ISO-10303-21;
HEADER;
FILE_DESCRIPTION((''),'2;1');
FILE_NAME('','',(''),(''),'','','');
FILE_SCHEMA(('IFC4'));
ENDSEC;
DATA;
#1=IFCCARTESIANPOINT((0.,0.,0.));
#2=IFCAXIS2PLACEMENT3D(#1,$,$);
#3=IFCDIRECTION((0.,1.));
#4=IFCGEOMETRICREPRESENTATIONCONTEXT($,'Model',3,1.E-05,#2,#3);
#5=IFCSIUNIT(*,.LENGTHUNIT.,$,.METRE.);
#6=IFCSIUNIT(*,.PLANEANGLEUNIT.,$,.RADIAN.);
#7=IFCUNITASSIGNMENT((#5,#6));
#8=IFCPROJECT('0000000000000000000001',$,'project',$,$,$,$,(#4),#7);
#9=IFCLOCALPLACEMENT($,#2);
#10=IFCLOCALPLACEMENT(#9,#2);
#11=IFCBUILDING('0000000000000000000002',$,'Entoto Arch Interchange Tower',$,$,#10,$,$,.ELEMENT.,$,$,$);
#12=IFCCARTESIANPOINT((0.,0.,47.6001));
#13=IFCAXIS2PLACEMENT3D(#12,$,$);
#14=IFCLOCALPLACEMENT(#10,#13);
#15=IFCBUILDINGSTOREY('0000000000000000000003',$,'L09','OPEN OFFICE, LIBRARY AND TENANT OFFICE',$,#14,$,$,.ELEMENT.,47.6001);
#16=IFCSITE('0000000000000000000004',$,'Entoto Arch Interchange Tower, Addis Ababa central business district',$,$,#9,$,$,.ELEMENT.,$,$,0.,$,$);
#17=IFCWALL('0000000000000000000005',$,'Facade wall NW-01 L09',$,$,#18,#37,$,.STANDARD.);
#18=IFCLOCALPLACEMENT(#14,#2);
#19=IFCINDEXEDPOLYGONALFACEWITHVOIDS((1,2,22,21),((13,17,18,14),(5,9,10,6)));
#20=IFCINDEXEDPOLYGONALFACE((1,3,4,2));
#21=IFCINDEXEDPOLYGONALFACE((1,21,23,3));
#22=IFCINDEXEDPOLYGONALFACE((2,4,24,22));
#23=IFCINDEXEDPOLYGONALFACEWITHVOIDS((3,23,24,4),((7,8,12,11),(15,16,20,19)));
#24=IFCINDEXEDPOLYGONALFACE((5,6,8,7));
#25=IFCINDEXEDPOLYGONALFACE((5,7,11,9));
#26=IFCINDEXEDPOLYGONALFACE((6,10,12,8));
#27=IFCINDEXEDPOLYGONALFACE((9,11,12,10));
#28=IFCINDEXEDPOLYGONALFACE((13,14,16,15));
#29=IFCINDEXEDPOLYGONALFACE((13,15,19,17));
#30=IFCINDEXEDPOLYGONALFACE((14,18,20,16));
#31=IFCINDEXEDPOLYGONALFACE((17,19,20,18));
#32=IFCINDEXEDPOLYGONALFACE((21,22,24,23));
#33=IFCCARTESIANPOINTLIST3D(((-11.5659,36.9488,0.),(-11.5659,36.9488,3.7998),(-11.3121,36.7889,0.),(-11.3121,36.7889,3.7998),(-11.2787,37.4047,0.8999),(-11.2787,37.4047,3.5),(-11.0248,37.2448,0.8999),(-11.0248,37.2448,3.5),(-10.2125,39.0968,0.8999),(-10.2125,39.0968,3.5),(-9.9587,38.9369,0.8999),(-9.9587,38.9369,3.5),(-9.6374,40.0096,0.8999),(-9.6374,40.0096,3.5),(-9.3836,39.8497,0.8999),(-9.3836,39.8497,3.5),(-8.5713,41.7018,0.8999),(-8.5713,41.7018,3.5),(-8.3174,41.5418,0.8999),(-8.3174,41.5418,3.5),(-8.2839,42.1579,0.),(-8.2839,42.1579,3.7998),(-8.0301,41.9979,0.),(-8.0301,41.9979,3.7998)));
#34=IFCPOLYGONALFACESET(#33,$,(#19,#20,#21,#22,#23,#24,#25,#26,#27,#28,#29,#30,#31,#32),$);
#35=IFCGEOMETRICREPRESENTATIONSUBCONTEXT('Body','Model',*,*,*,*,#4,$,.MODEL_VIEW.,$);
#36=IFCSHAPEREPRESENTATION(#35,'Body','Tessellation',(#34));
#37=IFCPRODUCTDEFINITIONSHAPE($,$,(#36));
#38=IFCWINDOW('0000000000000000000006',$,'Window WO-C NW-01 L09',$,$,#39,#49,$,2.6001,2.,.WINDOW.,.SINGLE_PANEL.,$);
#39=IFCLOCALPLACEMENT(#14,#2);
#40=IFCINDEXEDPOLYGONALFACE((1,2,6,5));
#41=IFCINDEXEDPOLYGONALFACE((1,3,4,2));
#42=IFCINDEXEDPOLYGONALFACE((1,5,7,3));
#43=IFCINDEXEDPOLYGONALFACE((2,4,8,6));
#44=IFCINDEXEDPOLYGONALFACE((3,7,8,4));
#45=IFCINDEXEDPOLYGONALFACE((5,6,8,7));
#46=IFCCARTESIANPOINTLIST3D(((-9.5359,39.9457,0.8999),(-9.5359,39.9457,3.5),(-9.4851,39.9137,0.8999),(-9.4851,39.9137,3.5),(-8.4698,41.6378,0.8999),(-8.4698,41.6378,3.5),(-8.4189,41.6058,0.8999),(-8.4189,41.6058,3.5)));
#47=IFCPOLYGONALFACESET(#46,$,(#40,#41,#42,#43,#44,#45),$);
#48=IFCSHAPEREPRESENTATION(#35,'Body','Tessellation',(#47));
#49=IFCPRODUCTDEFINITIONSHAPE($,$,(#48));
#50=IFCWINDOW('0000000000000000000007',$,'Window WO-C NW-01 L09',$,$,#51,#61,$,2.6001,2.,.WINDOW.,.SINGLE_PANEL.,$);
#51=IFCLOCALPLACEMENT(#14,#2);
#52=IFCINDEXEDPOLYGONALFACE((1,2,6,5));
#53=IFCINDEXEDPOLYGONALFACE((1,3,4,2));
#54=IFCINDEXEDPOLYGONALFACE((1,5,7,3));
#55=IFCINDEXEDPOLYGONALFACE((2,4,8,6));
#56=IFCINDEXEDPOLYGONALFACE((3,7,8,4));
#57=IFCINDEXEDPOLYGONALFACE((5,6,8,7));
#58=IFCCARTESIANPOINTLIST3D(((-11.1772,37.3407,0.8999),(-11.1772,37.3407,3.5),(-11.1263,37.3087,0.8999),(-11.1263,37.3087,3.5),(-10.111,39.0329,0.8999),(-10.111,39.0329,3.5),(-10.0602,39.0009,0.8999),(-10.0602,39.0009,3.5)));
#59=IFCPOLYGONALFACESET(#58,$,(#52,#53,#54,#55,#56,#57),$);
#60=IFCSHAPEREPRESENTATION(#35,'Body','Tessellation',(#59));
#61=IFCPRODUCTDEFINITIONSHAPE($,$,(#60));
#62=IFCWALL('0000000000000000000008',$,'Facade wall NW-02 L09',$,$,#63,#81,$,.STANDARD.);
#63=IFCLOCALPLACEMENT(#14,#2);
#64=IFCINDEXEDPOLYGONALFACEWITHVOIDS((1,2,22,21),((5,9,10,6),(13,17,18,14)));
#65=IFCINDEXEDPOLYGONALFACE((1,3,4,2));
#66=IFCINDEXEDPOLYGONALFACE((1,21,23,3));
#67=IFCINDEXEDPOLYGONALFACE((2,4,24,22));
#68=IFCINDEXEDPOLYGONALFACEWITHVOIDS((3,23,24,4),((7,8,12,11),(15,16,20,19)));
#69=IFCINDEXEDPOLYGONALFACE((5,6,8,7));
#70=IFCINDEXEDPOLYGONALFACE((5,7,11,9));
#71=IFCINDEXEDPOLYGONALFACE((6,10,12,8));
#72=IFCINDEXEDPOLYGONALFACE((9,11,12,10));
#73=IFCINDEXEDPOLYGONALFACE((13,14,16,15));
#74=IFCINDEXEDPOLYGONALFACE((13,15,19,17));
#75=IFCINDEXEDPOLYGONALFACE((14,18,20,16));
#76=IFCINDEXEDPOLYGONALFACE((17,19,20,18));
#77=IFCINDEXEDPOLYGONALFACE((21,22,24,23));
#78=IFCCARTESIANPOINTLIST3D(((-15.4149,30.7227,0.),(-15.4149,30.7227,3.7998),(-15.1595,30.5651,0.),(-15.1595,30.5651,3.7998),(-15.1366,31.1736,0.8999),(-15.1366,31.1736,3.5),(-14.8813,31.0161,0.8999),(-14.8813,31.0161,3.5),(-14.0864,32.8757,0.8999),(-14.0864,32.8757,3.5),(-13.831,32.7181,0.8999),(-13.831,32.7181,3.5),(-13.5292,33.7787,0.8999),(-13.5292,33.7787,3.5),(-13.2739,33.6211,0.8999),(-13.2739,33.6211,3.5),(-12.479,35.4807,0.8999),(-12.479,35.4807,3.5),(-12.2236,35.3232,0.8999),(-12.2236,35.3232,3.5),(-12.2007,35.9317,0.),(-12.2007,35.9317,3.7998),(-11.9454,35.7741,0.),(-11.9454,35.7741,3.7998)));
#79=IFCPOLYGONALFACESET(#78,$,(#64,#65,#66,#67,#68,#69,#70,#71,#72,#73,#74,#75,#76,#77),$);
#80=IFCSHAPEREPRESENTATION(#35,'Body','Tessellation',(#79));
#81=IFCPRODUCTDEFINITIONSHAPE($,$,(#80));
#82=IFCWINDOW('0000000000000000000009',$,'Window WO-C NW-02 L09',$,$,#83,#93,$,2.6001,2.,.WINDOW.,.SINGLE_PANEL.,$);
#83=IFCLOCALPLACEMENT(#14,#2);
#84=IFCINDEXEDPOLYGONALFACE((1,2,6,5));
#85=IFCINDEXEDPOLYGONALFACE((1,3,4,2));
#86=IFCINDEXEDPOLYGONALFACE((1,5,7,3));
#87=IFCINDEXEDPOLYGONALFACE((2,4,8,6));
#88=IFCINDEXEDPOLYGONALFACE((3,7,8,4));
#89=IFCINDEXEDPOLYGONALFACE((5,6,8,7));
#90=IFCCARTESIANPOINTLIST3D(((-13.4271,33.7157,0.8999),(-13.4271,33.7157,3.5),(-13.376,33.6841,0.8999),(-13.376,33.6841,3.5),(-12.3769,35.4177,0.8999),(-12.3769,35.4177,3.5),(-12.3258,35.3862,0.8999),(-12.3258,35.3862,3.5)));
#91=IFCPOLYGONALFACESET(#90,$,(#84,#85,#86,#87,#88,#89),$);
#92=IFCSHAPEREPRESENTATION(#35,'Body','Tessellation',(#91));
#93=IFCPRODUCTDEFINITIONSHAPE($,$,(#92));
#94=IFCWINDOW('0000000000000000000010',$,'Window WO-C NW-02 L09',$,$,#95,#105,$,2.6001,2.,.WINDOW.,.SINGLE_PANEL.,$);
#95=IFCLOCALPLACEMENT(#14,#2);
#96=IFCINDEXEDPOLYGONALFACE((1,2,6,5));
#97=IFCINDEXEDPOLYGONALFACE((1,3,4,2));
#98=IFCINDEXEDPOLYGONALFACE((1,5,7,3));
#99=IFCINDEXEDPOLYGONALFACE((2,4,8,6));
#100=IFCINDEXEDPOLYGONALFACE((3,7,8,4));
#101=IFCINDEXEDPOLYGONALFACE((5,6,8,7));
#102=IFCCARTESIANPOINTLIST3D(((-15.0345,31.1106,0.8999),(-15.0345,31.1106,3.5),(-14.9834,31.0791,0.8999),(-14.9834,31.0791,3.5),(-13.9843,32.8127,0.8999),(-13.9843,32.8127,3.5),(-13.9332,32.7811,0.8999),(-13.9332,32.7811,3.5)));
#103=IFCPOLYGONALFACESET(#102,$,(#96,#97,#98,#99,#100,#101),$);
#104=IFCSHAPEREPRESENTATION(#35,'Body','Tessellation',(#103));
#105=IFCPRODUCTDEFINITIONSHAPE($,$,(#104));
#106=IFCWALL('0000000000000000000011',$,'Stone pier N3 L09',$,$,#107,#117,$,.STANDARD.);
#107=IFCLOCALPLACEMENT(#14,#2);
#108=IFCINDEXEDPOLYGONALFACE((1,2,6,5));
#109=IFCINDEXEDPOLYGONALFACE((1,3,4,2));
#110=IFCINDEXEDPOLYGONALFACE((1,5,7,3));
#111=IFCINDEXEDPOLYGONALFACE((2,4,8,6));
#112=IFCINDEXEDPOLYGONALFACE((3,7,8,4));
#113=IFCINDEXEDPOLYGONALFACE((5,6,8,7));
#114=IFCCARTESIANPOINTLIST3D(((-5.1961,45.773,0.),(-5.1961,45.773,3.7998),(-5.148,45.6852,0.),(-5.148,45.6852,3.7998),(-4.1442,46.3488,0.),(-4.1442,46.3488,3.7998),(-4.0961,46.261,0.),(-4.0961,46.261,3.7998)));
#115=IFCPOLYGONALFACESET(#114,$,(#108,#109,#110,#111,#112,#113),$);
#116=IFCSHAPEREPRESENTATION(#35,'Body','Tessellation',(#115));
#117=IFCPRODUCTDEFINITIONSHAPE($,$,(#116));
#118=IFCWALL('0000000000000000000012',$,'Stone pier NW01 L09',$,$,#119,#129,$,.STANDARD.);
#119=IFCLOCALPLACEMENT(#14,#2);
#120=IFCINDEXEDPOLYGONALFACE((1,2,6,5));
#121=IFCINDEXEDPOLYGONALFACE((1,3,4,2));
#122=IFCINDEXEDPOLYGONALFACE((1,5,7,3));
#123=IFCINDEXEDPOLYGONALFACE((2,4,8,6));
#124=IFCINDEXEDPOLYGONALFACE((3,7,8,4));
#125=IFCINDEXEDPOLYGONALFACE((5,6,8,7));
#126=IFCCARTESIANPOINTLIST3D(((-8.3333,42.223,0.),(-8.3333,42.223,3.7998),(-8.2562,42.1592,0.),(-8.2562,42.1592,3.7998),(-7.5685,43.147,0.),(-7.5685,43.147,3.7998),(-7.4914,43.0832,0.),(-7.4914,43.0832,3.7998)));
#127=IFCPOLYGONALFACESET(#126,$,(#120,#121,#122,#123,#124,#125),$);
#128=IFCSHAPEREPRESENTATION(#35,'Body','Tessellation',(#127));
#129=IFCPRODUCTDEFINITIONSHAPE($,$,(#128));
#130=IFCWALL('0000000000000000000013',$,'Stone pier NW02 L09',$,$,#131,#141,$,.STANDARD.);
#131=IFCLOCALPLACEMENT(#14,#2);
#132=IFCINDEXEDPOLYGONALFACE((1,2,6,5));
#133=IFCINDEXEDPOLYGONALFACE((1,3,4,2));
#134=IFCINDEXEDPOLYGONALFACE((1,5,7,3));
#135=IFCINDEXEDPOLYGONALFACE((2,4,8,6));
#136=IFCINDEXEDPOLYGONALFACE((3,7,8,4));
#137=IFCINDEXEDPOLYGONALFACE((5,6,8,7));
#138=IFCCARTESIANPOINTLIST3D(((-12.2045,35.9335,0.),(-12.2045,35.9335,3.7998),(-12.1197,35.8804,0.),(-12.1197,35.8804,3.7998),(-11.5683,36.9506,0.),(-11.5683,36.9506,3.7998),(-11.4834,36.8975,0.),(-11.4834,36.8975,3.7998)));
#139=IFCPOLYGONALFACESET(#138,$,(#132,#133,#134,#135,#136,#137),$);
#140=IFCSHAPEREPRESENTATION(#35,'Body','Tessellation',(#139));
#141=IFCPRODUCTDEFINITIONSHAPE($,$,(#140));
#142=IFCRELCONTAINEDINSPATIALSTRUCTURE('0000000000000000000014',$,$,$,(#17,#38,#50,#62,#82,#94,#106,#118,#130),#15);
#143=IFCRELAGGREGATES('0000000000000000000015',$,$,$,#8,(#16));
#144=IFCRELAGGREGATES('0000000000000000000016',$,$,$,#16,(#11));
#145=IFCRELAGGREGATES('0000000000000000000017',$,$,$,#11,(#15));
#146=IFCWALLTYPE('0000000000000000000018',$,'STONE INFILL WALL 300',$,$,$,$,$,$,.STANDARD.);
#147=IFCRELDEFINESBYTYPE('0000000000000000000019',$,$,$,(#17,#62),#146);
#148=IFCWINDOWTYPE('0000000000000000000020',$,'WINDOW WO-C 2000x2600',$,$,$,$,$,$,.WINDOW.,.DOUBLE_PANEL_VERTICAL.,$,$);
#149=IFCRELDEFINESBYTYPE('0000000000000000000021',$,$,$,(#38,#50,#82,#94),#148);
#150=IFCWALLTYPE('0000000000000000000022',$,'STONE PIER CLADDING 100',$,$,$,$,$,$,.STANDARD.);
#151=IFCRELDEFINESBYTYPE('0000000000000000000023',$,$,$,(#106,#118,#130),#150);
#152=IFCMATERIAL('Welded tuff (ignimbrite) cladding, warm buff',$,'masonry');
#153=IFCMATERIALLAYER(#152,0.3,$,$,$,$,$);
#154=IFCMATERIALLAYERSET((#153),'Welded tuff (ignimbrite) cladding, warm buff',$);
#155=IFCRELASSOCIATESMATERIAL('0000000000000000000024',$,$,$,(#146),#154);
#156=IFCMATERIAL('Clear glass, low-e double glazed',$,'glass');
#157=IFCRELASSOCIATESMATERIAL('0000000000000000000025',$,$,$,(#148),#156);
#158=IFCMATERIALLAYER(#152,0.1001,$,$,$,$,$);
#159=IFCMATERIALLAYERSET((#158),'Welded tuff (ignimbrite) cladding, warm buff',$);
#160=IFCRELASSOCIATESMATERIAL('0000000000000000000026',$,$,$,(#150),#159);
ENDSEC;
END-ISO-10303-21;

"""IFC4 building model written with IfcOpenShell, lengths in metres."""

from ifc_helpers import new_model, si_unit, direction, frame, frame_2d, origin, place, context, subcontext, project, spatial, rectangle, extrude, material, layer, layer_set, type_object, element, fill, save


model = new_model("IFC4")

# Units and contexts
model_context = context("Model", 3, precision=1e-05, world=origin(), true_north=direction((0.0, 1.0)))
body_context = subcontext(model_context, "Body", "Model", "MODEL_VIEW")
ifc_project = project(units=[si_unit("LENGTHUNIT", "METRE"), si_unit("PLANEANGLEUNIT", "RADIAN")], contexts=[model_context])

# Site, building, storey
site_placement = place(None, origin())
site = spatial("IfcSite", under=ifc_project, at=site_placement, Name="Entoto Arch Interchange Tower, Addis Ababa central business district", CompositionType="ELEMENT", RefElevation=0.0)
building_placement = place(site_placement, origin())
building = spatial("IfcBuilding", under=site, at=building_placement, Name="Entoto Arch Interchange Tower", CompositionType="ELEMENT")
storey_placement = place(building_placement, frame((0.0, 0.0, 47.6001)))
storey = spatial("IfcBuildingStorey", under=building, at=storey_placement, Name="L09", Description="OPEN OFFICE, LIBRARY AND TENANT OFFICE", CompositionType="ELEMENT", Elevation=47.6001)

# Shared definitions
ifc_material_1 = material(Name="Welded tuff (ignimbrite) cladding, warm buff", Category="masonry")
ifc_layer_1 = layer(ifc_material_1, 0.3)
ifc_layer_set_1 = layer_set([ifc_layer_1], Name="Welded tuff (ignimbrite) cladding, warm buff")
wall_type_1 = type_object("IfcWallType", Name="STONE INFILL WALL 300", PredefinedType="STANDARD", material=ifc_layer_set_1)
ifc_material_2 = material(Name="Clear glass, low-e double glazed", Category="glass")

# Walls, openings, windows
wall_1_placement = place(storey_placement, frame((-8.157, 42.0779, 0.0), z_axis=(0.0, 0.0, 1.0), x_axis=(-0.533075, -0.846068, 0.0)))
wall_1 = element("IfcWall", 1, at=wall_1_placement, inside=storey, type_object=wall_type_1, Name="Facade wall NW-01 L09", PredefinedType="STANDARD", context=body_context, shape_type="SweptSolid", body=[
    extrude(rectangle(XDim=6.1567, YDim=0.3, at=frame_2d((3.0784, 0.0))), origin(), (0.0, 0.0, 1.0), 3.7998),
])
opening_1_placement = place(wall_1_placement, frame((0.5391, 0.0, 0.8999)))
opening_1 = element("IfcOpeningElement", 2, at=opening_1_placement, cuts=wall_1, PredefinedType="OPENING", context=body_context, shape_type="SweptSolid", body=[
    extrude(rectangle(XDim=2.0, YDim=2.6001, at=frame_2d((1.0, 1.3))), frame((0.0, 0.1602, 0.0), z_axis=(0.0, -1.0, 0.0), x_axis=(1.0, 0.0, 0.0)), (0.0, 0.0, 1.0), 0.3201),
])
opening_2_placement = place(wall_1_placement, frame((3.6179, 0.0, 0.8999)))
opening_2 = element("IfcOpeningElement", 3, at=opening_2_placement, cuts=wall_1, PredefinedType="OPENING", context=body_context, shape_type="SweptSolid", body=[
    extrude(rectangle(XDim=2.0, YDim=2.6001, at=frame_2d((1.0, 1.3))), frame((0.0, 0.1602, 0.0), z_axis=(0.0, -1.0, 0.0), x_axis=(1.0, 0.0, 0.0)), (0.0, 0.0, 1.0), 0.3201),
])
window_type_1 = type_object("IfcWindowType", Name="WINDOW WO-C 2000x2600", PartitioningType="DOUBLE_PANEL_VERTICAL", PredefinedType="WINDOW", material=ifc_material_2)
window_1_placement = place(opening_1_placement, origin())
window_1 = element("IfcWindow", 4, at=window_1_placement, inside=storey, type_object=window_type_1, Name="Window WO-C NW-01 L09", OverallHeight=2.6001, OverallWidth=2.0, PartitioningType="SINGLE_PANEL", PredefinedType="WINDOW", context=body_context, shape_type="SweptSolid", body=[
    extrude(rectangle(XDim=2.0, YDim=2.6001, at=frame_2d((1.0, 1.3))), frame((0.0, 0.03, 0.0), z_axis=(0.0, -1.0, 0.0), x_axis=(1.0, 0.0, 0.0)), (0.0, 0.0, 1.0), 0.0601),
])
fill(opening_1, window_1)
window_2_placement = place(opening_2_placement, origin())
window_2 = element("IfcWindow", 5, at=window_2_placement, inside=storey, type_object=window_type_1, Name="Window WO-C NW-01 L09", OverallHeight=2.6001, OverallWidth=2.0, PartitioningType="SINGLE_PANEL", PredefinedType="WINDOW", context=body_context, shape_type="SweptSolid", body=[
    extrude(rectangle(XDim=2.0, YDim=2.6001, at=frame_2d((1.0, 1.3))), frame((0.0, 0.03, 0.0), z_axis=(0.0, -1.0, 0.0), x_axis=(1.0, 0.0, 0.0)), (0.0, 0.0, 1.0), 0.0601),
])
fill(opening_2, window_2)
wall_2_placement = place(storey_placement, frame((-12.073, 35.853, 0.0), z_axis=(0.0, 0.0, 1.0), x_axis=(-0.525114, -0.851032, 0.0)))
wall_2 = element("IfcWall", 6, at=wall_2_placement, inside=storey, type_object=wall_type_1, Name="Facade wall NW-02 L09", PredefinedType="STANDARD", context=body_context, shape_type="SweptSolid", body=[
    extrude(rectangle(XDim=6.1208, YDim=0.3, at=frame_2d((3.0605, 0.0))), origin(), (0.0, 0.0, 1.0), 3.7998),
])
opening_3_placement = place(wall_2_placement, frame((0.53, 0.0, 0.8999)))
opening_3 = element("IfcOpeningElement", 7, at=opening_3_placement, cuts=wall_2, PredefinedType="OPENING", context=body_context, shape_type="SweptSolid", body=[
    extrude(rectangle(XDim=2.0, YDim=2.6001, at=frame_2d((1.0, 1.3))), frame((0.0, 0.1602, 0.0), z_axis=(0.0, -1.0, 0.0), x_axis=(1.0, 0.0, 0.0)), (0.0, 0.0, 1.0), 0.3201),
])
opening_4_placement = place(wall_2_placement, frame((3.5911, 0.0, 0.8999)))
opening_4 = element("IfcOpeningElement", 8, at=opening_4_placement, cuts=wall_2, PredefinedType="OPENING", context=body_context, shape_type="SweptSolid", body=[
    extrude(rectangle(XDim=2.0, YDim=2.6001, at=frame_2d((1.0, 1.3))), frame((0.0, 0.1602, 0.0), z_axis=(0.0, -1.0, 0.0), x_axis=(1.0, 0.0, 0.0)), (0.0, 0.0, 1.0), 0.3201),
])
window_3_placement = place(opening_3_placement, origin())
window_3 = element("IfcWindow", 9, at=window_3_placement, inside=storey, type_object=window_type_1, Name="Window WO-C NW-02 L09", OverallHeight=2.6001, OverallWidth=2.0, PartitioningType="SINGLE_PANEL", PredefinedType="WINDOW", context=body_context, shape_type="SweptSolid", body=[
    extrude(rectangle(XDim=2.0, YDim=2.6001, at=frame_2d((1.0, 1.3))), frame((0.0, 0.03, 0.0), z_axis=(0.0, -1.0, 0.0), x_axis=(1.0, 0.0, 0.0)), (0.0, 0.0, 1.0), 0.0601),
])
fill(opening_3, window_3)
window_4_placement = place(opening_4_placement, origin())
window_4 = element("IfcWindow", 10, at=window_4_placement, inside=storey, type_object=window_type_1, Name="Window WO-C NW-02 L09", OverallHeight=2.6001, OverallWidth=2.0, PartitioningType="SINGLE_PANEL", PredefinedType="WINDOW", context=body_context, shape_type="SweptSolid", body=[
    extrude(rectangle(XDim=2.0, YDim=2.6001, at=frame_2d((1.0, 1.3))), frame((0.0, 0.03, 0.0), z_axis=(0.0, -1.0, 0.0), x_axis=(1.0, 0.0, 0.0)), (0.0, 0.0, 1.0), 0.0601),
])
fill(opening_4, window_4)

# Walls
ifc_layer_2 = layer(ifc_material_1, 0.1001)
ifc_layer_set_2 = layer_set([ifc_layer_2], Name="Welded tuff (ignimbrite) cladding, warm buff")
wall_type_2 = type_object("IfcWallType", Name="STONE PIER CLADDING 100", PredefinedType="STANDARD", material=ifc_layer_set_2)
wall_3_placement = place(storey_placement, frame((-4.1201, 46.3049, 0.0), z_axis=(0.0, 0.0, 1.0), x_axis=(-0.877155, -0.480206, 0.0)))
element("IfcWall", 11, at=wall_3_placement, inside=storey, type_object=wall_type_2, Name="Stone pier N3 L09", PredefinedType="STANDARD", context=body_context, shape_type="SweptSolid", body=[
    extrude(rectangle(XDim=1.1992, YDim=0.1001, at=frame_2d((0.5996, 0.0))), origin(), (0.0, 0.0, 1.0), 3.7998),
])
wall_4_placement = place(storey_placement, frame((-7.53, 43.115, 0.0), z_axis=(0.0, 0.0, 1.0), x_axis=(-0.637639, -0.770336, 0.0)))
element("IfcWall", 12, at=wall_4_placement, inside=storey, type_object=wall_type_2, Name="Stone pier NW01 L09", PredefinedType="STANDARD", context=body_context, shape_type="SweptSolid", body=[
    extrude(rectangle(XDim=1.1995, YDim=0.1001, at=frame_2d((0.5996, 0.0))), origin(), (0.0, 0.0, 1.0), 3.7998),
])
wall_5_placement = place(storey_placement, frame((-11.5259, 36.9241, 0.0), z_axis=(0.0, 0.0, 1.0), x_axis=(-0.530328, -0.847792, 0.0)))
element("IfcWall", 13, at=wall_5_placement, inside=storey, type_object=wall_type_2, Name="Stone pier NW02 L09", PredefinedType="STANDARD", context=body_context, shape_type="SweptSolid", body=[
    extrude(rectangle(XDim=1.1997, YDim=0.1001, at=frame_2d((0.5999, 0.0))), origin(), (0.0, 0.0, 1.0), 3.7998),
])

save(model, "model.ifc")
